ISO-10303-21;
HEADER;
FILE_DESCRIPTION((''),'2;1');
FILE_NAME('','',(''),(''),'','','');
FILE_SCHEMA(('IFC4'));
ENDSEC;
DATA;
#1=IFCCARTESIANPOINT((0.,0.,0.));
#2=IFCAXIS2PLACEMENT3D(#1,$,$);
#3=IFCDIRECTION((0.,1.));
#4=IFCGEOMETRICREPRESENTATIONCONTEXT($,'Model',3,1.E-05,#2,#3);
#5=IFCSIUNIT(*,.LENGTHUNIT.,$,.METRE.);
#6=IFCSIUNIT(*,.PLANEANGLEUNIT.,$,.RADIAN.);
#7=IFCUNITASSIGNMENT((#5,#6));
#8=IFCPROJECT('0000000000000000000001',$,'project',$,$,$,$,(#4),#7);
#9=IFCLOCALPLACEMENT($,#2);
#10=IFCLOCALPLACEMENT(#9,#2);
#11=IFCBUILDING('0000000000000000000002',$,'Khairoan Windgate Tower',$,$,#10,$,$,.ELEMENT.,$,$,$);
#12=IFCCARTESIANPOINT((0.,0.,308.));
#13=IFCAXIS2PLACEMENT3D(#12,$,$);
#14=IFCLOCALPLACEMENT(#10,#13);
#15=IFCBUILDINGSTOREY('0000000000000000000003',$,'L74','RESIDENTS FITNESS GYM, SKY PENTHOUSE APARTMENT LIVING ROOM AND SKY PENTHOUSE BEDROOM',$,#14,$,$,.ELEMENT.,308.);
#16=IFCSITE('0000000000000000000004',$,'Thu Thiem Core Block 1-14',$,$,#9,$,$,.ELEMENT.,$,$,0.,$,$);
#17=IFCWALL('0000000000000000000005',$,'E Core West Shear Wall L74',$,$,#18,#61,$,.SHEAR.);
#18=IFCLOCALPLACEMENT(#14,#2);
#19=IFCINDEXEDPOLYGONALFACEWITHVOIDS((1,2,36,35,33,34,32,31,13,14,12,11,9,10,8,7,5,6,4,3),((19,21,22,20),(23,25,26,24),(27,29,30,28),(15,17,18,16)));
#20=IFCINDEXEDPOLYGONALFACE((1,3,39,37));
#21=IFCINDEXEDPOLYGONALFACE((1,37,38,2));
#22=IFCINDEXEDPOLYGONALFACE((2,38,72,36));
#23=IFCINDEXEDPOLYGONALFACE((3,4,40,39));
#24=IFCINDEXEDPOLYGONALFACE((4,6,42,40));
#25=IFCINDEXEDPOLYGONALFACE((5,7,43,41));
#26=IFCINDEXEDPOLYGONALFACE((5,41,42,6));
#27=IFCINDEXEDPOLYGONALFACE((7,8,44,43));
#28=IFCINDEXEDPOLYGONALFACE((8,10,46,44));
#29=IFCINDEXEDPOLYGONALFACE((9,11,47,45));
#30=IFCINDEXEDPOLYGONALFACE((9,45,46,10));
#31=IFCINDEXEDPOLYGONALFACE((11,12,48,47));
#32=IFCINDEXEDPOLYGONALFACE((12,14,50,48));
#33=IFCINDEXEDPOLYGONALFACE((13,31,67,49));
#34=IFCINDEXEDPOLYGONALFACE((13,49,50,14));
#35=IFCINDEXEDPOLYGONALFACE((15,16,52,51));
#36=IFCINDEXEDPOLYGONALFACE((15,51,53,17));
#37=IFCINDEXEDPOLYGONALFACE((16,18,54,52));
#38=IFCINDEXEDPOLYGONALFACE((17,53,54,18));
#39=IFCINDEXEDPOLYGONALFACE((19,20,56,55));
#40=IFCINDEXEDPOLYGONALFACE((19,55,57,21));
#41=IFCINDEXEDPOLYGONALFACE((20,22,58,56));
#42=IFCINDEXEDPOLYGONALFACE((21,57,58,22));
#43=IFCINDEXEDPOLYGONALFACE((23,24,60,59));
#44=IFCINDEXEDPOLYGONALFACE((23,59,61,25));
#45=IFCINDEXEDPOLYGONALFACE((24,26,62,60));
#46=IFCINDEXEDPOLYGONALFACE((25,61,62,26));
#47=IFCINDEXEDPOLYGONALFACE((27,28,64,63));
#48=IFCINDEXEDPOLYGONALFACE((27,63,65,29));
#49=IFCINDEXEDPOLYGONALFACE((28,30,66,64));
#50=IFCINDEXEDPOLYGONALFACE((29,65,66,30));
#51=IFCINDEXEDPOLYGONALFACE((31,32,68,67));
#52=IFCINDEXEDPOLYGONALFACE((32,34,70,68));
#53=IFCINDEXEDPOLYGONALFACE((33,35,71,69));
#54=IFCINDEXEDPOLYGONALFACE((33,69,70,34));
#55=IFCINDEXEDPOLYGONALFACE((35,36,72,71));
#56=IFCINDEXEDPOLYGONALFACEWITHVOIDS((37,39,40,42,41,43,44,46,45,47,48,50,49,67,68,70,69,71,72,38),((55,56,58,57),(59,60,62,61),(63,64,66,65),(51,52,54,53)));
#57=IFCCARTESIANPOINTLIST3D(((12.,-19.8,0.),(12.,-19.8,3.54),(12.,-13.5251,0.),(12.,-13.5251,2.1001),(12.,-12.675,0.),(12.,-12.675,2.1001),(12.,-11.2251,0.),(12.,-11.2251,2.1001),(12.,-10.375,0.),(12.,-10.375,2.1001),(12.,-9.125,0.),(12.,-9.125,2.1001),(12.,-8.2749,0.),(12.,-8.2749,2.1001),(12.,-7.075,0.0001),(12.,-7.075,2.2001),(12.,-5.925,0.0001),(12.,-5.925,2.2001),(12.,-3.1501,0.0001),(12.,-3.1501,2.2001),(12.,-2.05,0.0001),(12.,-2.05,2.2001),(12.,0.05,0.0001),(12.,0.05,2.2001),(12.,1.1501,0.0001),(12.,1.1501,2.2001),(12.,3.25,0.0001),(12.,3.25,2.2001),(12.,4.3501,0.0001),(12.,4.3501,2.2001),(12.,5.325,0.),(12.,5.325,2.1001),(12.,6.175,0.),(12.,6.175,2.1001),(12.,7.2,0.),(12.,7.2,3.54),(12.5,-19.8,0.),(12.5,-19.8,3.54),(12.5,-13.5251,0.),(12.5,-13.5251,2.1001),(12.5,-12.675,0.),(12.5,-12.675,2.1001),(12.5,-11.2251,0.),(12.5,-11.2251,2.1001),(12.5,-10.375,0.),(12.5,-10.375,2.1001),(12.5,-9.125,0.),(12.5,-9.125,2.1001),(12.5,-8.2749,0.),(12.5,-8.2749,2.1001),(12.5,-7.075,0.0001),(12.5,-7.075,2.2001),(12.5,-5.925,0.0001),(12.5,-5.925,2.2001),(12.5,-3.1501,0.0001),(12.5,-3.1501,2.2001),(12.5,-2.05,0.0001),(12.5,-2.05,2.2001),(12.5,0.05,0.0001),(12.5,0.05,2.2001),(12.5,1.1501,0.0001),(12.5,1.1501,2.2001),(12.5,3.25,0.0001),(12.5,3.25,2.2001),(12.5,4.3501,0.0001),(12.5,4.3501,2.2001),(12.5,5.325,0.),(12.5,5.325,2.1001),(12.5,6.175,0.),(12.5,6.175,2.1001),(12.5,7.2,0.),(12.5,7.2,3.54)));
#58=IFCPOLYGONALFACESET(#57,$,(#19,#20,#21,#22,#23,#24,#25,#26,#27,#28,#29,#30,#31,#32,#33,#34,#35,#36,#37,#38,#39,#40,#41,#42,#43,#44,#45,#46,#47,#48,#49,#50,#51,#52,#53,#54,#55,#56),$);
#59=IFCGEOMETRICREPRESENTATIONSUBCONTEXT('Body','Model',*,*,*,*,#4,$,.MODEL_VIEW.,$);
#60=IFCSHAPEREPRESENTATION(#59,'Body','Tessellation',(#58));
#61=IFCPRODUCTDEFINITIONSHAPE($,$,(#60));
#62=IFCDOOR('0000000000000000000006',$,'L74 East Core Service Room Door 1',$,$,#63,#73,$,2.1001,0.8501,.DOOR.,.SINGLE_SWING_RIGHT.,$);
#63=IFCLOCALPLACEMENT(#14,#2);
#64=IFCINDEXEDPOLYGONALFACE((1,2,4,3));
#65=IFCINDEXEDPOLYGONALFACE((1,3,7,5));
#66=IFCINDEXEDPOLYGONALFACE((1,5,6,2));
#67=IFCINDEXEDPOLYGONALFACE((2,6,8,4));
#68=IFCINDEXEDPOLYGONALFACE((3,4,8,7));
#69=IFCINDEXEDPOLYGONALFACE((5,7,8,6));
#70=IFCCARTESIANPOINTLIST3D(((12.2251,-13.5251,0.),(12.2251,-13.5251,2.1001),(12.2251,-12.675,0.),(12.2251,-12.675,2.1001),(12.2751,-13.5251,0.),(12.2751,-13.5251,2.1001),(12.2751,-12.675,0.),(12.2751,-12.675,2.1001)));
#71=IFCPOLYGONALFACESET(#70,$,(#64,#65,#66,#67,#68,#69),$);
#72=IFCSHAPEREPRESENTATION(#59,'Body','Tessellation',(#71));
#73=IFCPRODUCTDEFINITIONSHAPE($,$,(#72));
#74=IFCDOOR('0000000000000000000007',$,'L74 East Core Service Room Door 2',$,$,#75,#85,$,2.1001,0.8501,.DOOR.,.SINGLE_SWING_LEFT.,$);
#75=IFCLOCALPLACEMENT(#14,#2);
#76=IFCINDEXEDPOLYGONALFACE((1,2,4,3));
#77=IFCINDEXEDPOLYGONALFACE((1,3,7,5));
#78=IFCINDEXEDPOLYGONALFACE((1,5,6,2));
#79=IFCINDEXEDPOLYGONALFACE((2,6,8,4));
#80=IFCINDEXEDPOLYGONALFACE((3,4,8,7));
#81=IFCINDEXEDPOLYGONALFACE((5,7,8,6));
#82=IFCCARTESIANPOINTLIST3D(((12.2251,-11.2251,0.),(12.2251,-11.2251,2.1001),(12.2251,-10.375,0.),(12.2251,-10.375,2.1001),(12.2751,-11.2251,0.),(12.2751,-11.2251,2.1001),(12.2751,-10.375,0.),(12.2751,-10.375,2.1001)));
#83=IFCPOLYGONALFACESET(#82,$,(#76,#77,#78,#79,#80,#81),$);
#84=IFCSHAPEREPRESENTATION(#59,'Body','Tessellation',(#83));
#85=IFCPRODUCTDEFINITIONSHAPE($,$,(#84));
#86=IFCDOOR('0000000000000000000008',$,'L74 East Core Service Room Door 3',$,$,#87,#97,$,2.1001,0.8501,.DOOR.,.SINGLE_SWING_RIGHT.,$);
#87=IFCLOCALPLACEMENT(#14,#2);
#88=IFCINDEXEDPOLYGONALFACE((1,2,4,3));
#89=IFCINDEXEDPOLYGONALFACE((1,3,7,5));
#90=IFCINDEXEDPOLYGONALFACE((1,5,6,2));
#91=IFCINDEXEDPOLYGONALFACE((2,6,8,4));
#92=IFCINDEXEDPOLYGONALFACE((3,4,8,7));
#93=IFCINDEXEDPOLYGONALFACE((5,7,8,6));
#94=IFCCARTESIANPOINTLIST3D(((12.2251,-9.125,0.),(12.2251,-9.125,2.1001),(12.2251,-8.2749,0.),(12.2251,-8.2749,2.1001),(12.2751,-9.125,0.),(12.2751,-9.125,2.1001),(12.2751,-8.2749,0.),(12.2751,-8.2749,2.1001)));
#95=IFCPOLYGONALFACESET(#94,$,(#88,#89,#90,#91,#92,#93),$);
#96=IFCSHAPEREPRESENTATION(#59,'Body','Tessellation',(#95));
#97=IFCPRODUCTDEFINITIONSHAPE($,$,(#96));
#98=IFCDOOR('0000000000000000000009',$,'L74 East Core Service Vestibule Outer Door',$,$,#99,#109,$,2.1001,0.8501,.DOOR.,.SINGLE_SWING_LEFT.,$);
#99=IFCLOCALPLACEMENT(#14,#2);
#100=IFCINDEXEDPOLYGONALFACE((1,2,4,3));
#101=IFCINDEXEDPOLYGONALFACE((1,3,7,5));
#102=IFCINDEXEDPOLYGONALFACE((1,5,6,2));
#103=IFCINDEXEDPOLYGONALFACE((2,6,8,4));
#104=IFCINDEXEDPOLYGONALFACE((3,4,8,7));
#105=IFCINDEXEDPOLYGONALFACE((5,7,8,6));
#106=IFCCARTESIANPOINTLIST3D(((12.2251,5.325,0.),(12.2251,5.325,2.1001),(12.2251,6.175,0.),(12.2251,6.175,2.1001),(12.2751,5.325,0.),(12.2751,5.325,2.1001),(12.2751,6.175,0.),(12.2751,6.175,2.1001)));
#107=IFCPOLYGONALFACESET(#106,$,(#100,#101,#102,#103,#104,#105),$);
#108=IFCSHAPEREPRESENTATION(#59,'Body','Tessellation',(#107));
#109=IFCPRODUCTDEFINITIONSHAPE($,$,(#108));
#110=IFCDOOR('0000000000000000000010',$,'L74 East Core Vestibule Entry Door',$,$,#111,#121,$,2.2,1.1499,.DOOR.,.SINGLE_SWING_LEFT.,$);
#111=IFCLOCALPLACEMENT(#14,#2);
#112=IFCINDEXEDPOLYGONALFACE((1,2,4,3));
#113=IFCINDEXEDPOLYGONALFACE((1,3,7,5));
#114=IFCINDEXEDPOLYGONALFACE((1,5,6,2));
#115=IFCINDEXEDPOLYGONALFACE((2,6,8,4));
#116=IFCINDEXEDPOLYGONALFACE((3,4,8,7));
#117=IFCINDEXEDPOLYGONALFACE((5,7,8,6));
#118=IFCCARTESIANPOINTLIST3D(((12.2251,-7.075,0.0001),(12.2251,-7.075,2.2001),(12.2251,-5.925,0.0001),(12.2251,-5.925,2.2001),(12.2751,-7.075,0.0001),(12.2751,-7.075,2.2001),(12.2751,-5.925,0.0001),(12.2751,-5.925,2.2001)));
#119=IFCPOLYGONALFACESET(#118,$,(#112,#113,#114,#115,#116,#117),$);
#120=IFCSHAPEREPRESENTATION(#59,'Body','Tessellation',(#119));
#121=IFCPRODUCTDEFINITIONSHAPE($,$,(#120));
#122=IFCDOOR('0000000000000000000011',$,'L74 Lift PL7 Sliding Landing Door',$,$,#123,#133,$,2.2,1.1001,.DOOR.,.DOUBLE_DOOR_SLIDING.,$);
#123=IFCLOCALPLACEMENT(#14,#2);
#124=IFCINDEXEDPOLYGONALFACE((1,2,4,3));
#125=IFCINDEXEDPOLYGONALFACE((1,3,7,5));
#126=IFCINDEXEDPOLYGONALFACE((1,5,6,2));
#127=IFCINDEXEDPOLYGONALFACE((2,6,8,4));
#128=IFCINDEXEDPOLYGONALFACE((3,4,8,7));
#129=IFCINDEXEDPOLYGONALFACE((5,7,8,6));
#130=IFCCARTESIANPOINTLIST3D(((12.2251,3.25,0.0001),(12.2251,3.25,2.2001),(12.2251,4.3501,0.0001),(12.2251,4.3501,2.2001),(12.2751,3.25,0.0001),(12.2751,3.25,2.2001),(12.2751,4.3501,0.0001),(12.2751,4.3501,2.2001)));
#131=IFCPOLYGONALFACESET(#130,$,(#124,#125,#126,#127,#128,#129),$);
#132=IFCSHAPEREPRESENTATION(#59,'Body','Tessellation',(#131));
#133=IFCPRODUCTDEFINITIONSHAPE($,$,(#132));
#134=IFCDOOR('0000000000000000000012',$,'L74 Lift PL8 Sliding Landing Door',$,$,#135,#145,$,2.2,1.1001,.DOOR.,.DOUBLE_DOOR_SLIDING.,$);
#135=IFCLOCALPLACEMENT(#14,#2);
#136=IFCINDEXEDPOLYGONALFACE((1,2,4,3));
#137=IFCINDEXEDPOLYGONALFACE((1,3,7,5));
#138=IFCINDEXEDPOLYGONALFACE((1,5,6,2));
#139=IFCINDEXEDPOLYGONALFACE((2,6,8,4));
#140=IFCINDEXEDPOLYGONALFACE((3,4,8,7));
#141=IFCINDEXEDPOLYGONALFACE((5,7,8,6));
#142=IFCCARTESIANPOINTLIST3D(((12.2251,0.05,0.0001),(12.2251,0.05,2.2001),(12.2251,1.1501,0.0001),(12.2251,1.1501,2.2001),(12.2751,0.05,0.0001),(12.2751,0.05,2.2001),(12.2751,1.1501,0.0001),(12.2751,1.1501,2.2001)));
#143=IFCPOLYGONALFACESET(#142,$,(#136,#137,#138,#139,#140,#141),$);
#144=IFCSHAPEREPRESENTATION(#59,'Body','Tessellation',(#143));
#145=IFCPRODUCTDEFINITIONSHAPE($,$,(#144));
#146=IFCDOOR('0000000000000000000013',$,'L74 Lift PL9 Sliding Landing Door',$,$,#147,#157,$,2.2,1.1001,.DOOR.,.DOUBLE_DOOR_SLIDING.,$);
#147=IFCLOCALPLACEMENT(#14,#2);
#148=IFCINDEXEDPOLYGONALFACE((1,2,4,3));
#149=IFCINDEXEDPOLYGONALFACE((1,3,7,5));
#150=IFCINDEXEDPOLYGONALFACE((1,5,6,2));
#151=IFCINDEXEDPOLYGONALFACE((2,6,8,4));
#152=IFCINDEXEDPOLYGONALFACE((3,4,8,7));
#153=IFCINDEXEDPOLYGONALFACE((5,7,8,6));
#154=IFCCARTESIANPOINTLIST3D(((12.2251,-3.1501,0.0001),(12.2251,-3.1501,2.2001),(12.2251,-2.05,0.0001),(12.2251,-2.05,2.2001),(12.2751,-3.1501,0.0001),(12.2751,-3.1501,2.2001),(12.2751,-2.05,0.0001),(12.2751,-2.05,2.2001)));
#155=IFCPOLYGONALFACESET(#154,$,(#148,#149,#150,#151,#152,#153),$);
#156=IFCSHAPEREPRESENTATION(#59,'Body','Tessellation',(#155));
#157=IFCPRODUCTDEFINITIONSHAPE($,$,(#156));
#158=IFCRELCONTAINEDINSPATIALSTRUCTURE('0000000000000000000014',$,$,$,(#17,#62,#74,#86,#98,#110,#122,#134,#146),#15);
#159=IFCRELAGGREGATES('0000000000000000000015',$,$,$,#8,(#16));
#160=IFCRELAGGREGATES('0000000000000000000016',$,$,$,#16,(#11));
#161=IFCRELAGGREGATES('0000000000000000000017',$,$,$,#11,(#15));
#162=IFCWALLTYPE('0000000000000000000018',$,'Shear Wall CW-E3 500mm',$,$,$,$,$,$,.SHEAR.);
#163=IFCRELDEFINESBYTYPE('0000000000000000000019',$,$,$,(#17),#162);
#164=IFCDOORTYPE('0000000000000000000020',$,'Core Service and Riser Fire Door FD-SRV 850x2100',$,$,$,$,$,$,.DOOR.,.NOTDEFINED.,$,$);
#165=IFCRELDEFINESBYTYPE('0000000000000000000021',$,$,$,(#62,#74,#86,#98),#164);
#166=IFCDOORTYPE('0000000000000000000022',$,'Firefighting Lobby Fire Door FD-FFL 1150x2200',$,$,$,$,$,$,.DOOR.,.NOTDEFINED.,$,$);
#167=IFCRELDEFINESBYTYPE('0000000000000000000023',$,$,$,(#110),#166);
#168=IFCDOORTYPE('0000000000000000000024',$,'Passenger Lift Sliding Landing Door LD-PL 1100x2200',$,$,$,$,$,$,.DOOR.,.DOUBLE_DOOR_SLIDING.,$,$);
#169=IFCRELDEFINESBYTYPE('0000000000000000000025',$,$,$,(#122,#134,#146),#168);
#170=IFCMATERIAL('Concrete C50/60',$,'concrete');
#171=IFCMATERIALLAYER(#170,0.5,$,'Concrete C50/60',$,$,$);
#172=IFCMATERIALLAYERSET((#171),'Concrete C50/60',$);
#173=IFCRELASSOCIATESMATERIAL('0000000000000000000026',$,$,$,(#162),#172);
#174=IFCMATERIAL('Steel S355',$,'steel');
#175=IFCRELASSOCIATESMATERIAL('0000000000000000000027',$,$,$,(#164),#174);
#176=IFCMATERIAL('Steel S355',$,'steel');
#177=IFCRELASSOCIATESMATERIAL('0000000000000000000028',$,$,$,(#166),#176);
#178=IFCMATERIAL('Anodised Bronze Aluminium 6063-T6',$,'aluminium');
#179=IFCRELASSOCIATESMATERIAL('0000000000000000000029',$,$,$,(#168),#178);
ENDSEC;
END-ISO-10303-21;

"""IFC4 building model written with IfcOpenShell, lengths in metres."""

from ifc_helpers import new_model, si_unit, direction, frame, frame_2d, origin, place, context, subcontext, project, spatial, rectangle, extrude, material, layer, layer_set, type_object, element, fill, save


model = new_model("IFC4")

# Units and contexts
model_context = context("Model", 3, precision=1e-05, world=origin(), true_north=direction((0.0, 1.0)))
body_context = subcontext(model_context, "Body", "Model", "MODEL_VIEW")
ifc_project = project(units=[si_unit("LENGTHUNIT", "METRE"), si_unit("PLANEANGLEUNIT", "RADIAN")], contexts=[model_context])

# Site, building, storey
site_placement = place(None, origin())
site = spatial("IfcSite", under=ifc_project, at=site_placement, Name="Thu Thiem Core Block 1-14", CompositionType="ELEMENT", RefElevation=0.0)
building_placement = place(site_placement, origin())
building = spatial("IfcBuilding", under=site, at=building_placement, Name="Khairoan Windgate Tower", CompositionType="ELEMENT")
storey_placement = place(building_placement, frame((0.0, 0.0, 308.0)))
storey = spatial("IfcBuildingStorey", under=building, at=storey_placement, Name="L74", Description="RESIDENTS FITNESS GYM, SKY PENTHOUSE APARTMENT LIVING ROOM AND SKY PENTHOUSE BEDROOM", CompositionType="ELEMENT", Elevation=308.0)

# Wall, openings, doors
ifc_material_1 = material(Name="Concrete C50/60", Category="concrete")
ifc_layer_1 = layer(ifc_material_1, 0.5, Name="Concrete C50/60")
ifc_layer_set_1 = layer_set([ifc_layer_1], Name="Concrete C50/60")
wall_type_1 = type_object("IfcWallType", Name="Shear Wall CW-E3 500mm", PredefinedType="SHEAR", material=ifc_layer_set_1)
wall_1_placement = place(storey_placement, frame((12.25, -19.8, 0.0), z_axis=(0.0, 0.0, 1.0), x_axis=(0.0, 1.0, 0.0)))
wall_1 = element("IfcWall", 1, at=wall_1_placement, inside=storey, type_object=wall_type_1, Name="E Core West Shear Wall L74", PredefinedType="SHEAR", context=body_context, shape_type="SweptSolid", body=[
    extrude(rectangle(XDim=27.0, YDim=0.5, at=frame_2d((13.5, 0.0))), origin(), (0.0, 0.0, 1.0), 3.54),
])
opening_1_placement = place(wall_1_placement, frame((23.05, 0.0, 0.0)))
opening_1 = element("IfcOpeningElement", 2, at=opening_1_placement, cuts=wall_1, PredefinedType="OPENING", context=body_context, shape_type="SweptSolid", body=[
    extrude(rectangle(XDim=1.1001, YDim=2.2, at=frame_2d((0.55, 1.1001))), frame((0.0, 0.26, 0.0), z_axis=(0.0, -1.0, 0.0), x_axis=(1.0, 0.0, 0.0)), (0.0, 0.0, 1.0), 0.52),
])
opening_2_placement = place(wall_1_placement, frame((19.8501, 0.0, 0.0)))
opening_2 = element("IfcOpeningElement", 3, at=opening_2_placement, cuts=wall_1, PredefinedType="OPENING", context=body_context, shape_type="SweptSolid", body=[
    extrude(rectangle(XDim=1.1001, YDim=2.2, at=frame_2d((0.55, 1.1001))), frame((0.0, 0.26, 0.0), z_axis=(0.0, -1.0, 0.0), x_axis=(1.0, 0.0, 0.0)), (0.0, 0.0, 1.0), 0.52),
])
opening_3_placement = place(wall_1_placement, frame((16.6499, 0.0, 0.0)))
opening_3 = element("IfcOpeningElement", 4, at=opening_3_placement, cuts=wall_1, PredefinedType="OPENING", context=body_context, shape_type="SweptSolid", body=[
    extrude(rectangle(XDim=1.1001, YDim=2.2, at=frame_2d((0.55, 1.1001))), frame((0.0, 0.26, 0.0), z_axis=(0.0, -1.0, 0.0), x_axis=(1.0, 0.0, 0.0)), (0.0, 0.0, 1.0), 0.52),
])
opening_4_placement = place(wall_1_placement, frame((6.2749, 0.0, 0.0)))
opening_4 = element("IfcOpeningElement", 5, at=opening_4_placement, cuts=wall_1, PredefinedType="OPENING", context=body_context, shape_type="SweptSolid", body=[
    extrude(rectangle(XDim=0.8501, YDim=2.1001, at=frame_2d((0.425, 1.05))), frame((0.0, 0.26, 0.0), z_axis=(0.0, -1.0, 0.0), x_axis=(1.0, 0.0, 0.0)), (0.0, 0.0, 1.0), 0.52),
])
opening_5_placement = place(wall_1_placement, frame((8.575, 0.0, 0.0)))
opening_5 = element("IfcOpeningElement", 6, at=opening_5_placement, cuts=wall_1, PredefinedType="OPENING", context=body_context, shape_type="SweptSolid", body=[
    extrude(rectangle(XDim=0.8501, YDim=2.1001, at=frame_2d((0.425, 1.05))), frame((0.0, 0.26, 0.0), z_axis=(0.0, -1.0, 0.0), x_axis=(1.0, 0.0, 0.0)), (0.0, 0.0, 1.0), 0.52),
])
opening_6_placement = place(wall_1_placement, frame((10.675, 0.0, 0.0)))
opening_6 = element("IfcOpeningElement", 7, at=opening_6_placement, cuts=wall_1, PredefinedType="OPENING", context=body_context, shape_type="SweptSolid", body=[
    extrude(rectangle(XDim=0.8501, YDim=2.1001, at=frame_2d((0.425, 1.05))), frame((0.0, 0.26, 0.0), z_axis=(0.0, -1.0, 0.0), x_axis=(1.0, 0.0, 0.0)), (0.0, 0.0, 1.0), 0.52),
])
opening_7_placement = place(wall_1_placement, frame((12.7251, 0.0, 0.0)))
opening_7 = element("IfcOpeningElement", 8, at=opening_7_placement, cuts=wall_1, PredefinedType="OPENING", context=body_context, shape_type="SweptSolid", body=[
    extrude(rectangle(XDim=1.1499, YDim=2.2, at=frame_2d((0.575, 1.1001))), frame((0.0, 0.26, 0.0), z_axis=(0.0, -1.0, 0.0), x_axis=(1.0, 0.0, 0.0)), (0.0, 0.0, 1.0), 0.52),
])
opening_8_placement = place(wall_1_placement, frame((25.125, 0.0, 0.0)))
opening_8 = element("IfcOpeningElement", 9, at=opening_8_placement, cuts=wall_1, PredefinedType="OPENING", context=body_context, shape_type="SweptSolid", body=[
    extrude(rectangle(XDim=0.8501, YDim=2.1001, at=frame_2d((0.425, 1.05))), frame((0.0, 0.26, 0.0), z_axis=(0.0, -1.0, 0.0), x_axis=(1.0, 0.0, 0.0)), (0.0, 0.0, 1.0), 0.52),
])
ifc_material_2 = material(Name="Steel S355", Category="steel")
door_type_1 = type_object("IfcDoorType", Name="Core Service and Riser Fire Door FD-SRV 850x2100", OperationType="NOTDEFINED", PredefinedType="DOOR", material=ifc_material_2)
door_1_placement = place(opening_4_placement, origin())
door_1 = element("IfcDoor", 10, at=door_1_placement, inside=storey, type_object=door_type_1, Name="L74 East Core Service Room Door 1", OperationType="SINGLE_SWING_RIGHT", OverallHeight=2.1001, OverallWidth=0.8501, PredefinedType="DOOR", context=body_context, shape_type="SweptSolid", body=[
    extrude(rectangle(XDim=0.8501, YDim=2.1001, at=frame_2d((0.425, 1.05))), frame((0.0, 0.0249, 0.0), z_axis=(0.0, -1.0, 0.0), x_axis=(1.0, 0.0, 0.0)), (0.0, 0.0, 1.0), 0.05),
])
fill(opening_4, door_1)
door_2_placement = place(opening_5_placement, origin())
door_2 = element("IfcDoor", 11, at=door_2_placement, inside=storey, type_object=door_type_1, Name="L74 East Core Service Room Door 2", OperationType="SINGLE_SWING_LEFT", OverallHeight=2.1001, OverallWidth=0.8501, PredefinedType="DOOR", context=body_context, shape_type="SweptSolid", body=[
    extrude(rectangle(XDim=0.8501, YDim=2.1001, at=frame_2d((0.425, 1.05))), frame((0.0, 0.0249, 0.0), z_axis=(0.0, -1.0, 0.0), x_axis=(1.0, 0.0, 0.0)), (0.0, 0.0, 1.0), 0.05),
])
fill(opening_5, door_2)
door_3_placement = place(opening_6_placement, origin())
door_3 = element("IfcDoor", 12, at=door_3_placement, inside=storey, type_object=door_type_1, Name="L74 East Core Service Room Door 3", OperationType="SINGLE_SWING_RIGHT", OverallHeight=2.1001, OverallWidth=0.8501, PredefinedType="DOOR", context=body_context, shape_type="SweptSolid", body=[
    extrude(rectangle(XDim=0.8501, YDim=2.1001, at=frame_2d((0.425, 1.05))), frame((0.0, 0.0249, 0.0), z_axis=(0.0, -1.0, 0.0), x_axis=(1.0, 0.0, 0.0)), (0.0, 0.0, 1.0), 0.05),
])
fill(opening_6, door_3)
door_4_placement = place(opening_8_placement, origin())
door_4 = element("IfcDoor", 13, at=door_4_placement, inside=storey, type_object=door_type_1, Name="L74 East Core Service Vestibule Outer Door", OperationType="SINGLE_SWING_LEFT", OverallHeight=2.1001, OverallWidth=0.8501, PredefinedType="DOOR", context=body_context, shape_type="SweptSolid", body=[
    extrude(rectangle(XDim=0.8501, YDim=2.1001, at=frame_2d((0.425, 1.05))), frame((0.0, 0.0249, 0.0), z_axis=(0.0, -1.0, 0.0), x_axis=(1.0, 0.0, 0.0)), (0.0, 0.0, 1.0), 0.05),
])
fill(opening_8, door_4)
ifc_material_3 = material(Name="Steel S355", Category="steel")
door_type_2 = type_object("IfcDoorType", Name="Firefighting Lobby Fire Door FD-FFL 1150x2200", OperationType="NOTDEFINED", PredefinedType="DOOR", material=ifc_material_3)
door_5_placement = place(opening_7_placement, origin())
door_5 = element("IfcDoor", 14, at=door_5_placement, inside=storey, type_object=door_type_2, Name="L74 East Core Vestibule Entry Door", OperationType="SINGLE_SWING_LEFT", OverallHeight=2.2, OverallWidth=1.1499, PredefinedType="DOOR", context=body_context, shape_type="SweptSolid", body=[
    extrude(rectangle(XDim=1.1499, YDim=2.2, at=frame_2d((0.575, 1.1001))), frame((0.0, 0.0249, 0.0), z_axis=(0.0, -1.0, 0.0), x_axis=(1.0, 0.0, 0.0)), (0.0, 0.0, 1.0), 0.05),
])
fill(opening_7, door_5)
ifc_material_4 = material(Name="Anodised Bronze Aluminium 6063-T6", Category="aluminium")
door_type_3 = type_object("IfcDoorType", Name="Passenger Lift Sliding Landing Door LD-PL 1100x2200", OperationType="DOUBLE_DOOR_SLIDING", PredefinedType="DOOR", material=ifc_material_4)
door_6_placement = place(opening_1_placement, origin())
door_6 = element("IfcDoor", 15, at=door_6_placement, inside=storey, type_object=door_type_3, Name="L74 Lift PL7 Sliding Landing Door", OperationType="DOUBLE_DOOR_SLIDING", OverallHeight=2.2, OverallWidth=1.1001, PredefinedType="DOOR", context=body_context, shape_type="SweptSolid", body=[
    extrude(rectangle(XDim=1.1001, YDim=2.2, at=frame_2d((0.55, 1.1001))), frame((0.0, 0.0249, 0.0), z_axis=(0.0, -1.0, 0.0), x_axis=(1.0, 0.0, 0.0)), (0.0, 0.0, 1.0), 0.05),
])
fill(opening_1, door_6)
door_7_placement = place(opening_2_placement, origin())
door_7 = element("IfcDoor", 16, at=door_7_placement, inside=storey, type_object=door_type_3, Name="L74 Lift PL8 Sliding Landing Door", OperationType="DOUBLE_DOOR_SLIDING", OverallHeight=2.2, OverallWidth=1.1001, PredefinedType="DOOR", context=body_context, shape_type="SweptSolid", body=[
    extrude(rectangle(XDim=1.1001, YDim=2.2, at=frame_2d((0.55, 1.1001))), frame((0.0, 0.0249, 0.0), z_axis=(0.0, -1.0, 0.0), x_axis=(1.0, 0.0, 0.0)), (0.0, 0.0, 1.0), 0.05),
])
fill(opening_2, door_7)
door_8_placement = place(opening_3_placement, origin())
door_8 = element("IfcDoor", 17, at=door_8_placement, inside=storey, type_object=door_type_3, Name="L74 Lift PL9 Sliding Landing Door", OperationType="DOUBLE_DOOR_SLIDING", OverallHeight=2.2, OverallWidth=1.1001, PredefinedType="DOOR", context=body_context, shape_type="SweptSolid", body=[
    extrude(rectangle(XDim=1.1001, YDim=2.2, at=frame_2d((0.55, 1.1001))), frame((0.0, 0.0249, 0.0), z_axis=(0.0, -1.0, 0.0), x_axis=(1.0, 0.0, 0.0)), (0.0, 0.0, 1.0), 0.05),
])
fill(opening_3, door_8)

save(model, "model.ifc")
